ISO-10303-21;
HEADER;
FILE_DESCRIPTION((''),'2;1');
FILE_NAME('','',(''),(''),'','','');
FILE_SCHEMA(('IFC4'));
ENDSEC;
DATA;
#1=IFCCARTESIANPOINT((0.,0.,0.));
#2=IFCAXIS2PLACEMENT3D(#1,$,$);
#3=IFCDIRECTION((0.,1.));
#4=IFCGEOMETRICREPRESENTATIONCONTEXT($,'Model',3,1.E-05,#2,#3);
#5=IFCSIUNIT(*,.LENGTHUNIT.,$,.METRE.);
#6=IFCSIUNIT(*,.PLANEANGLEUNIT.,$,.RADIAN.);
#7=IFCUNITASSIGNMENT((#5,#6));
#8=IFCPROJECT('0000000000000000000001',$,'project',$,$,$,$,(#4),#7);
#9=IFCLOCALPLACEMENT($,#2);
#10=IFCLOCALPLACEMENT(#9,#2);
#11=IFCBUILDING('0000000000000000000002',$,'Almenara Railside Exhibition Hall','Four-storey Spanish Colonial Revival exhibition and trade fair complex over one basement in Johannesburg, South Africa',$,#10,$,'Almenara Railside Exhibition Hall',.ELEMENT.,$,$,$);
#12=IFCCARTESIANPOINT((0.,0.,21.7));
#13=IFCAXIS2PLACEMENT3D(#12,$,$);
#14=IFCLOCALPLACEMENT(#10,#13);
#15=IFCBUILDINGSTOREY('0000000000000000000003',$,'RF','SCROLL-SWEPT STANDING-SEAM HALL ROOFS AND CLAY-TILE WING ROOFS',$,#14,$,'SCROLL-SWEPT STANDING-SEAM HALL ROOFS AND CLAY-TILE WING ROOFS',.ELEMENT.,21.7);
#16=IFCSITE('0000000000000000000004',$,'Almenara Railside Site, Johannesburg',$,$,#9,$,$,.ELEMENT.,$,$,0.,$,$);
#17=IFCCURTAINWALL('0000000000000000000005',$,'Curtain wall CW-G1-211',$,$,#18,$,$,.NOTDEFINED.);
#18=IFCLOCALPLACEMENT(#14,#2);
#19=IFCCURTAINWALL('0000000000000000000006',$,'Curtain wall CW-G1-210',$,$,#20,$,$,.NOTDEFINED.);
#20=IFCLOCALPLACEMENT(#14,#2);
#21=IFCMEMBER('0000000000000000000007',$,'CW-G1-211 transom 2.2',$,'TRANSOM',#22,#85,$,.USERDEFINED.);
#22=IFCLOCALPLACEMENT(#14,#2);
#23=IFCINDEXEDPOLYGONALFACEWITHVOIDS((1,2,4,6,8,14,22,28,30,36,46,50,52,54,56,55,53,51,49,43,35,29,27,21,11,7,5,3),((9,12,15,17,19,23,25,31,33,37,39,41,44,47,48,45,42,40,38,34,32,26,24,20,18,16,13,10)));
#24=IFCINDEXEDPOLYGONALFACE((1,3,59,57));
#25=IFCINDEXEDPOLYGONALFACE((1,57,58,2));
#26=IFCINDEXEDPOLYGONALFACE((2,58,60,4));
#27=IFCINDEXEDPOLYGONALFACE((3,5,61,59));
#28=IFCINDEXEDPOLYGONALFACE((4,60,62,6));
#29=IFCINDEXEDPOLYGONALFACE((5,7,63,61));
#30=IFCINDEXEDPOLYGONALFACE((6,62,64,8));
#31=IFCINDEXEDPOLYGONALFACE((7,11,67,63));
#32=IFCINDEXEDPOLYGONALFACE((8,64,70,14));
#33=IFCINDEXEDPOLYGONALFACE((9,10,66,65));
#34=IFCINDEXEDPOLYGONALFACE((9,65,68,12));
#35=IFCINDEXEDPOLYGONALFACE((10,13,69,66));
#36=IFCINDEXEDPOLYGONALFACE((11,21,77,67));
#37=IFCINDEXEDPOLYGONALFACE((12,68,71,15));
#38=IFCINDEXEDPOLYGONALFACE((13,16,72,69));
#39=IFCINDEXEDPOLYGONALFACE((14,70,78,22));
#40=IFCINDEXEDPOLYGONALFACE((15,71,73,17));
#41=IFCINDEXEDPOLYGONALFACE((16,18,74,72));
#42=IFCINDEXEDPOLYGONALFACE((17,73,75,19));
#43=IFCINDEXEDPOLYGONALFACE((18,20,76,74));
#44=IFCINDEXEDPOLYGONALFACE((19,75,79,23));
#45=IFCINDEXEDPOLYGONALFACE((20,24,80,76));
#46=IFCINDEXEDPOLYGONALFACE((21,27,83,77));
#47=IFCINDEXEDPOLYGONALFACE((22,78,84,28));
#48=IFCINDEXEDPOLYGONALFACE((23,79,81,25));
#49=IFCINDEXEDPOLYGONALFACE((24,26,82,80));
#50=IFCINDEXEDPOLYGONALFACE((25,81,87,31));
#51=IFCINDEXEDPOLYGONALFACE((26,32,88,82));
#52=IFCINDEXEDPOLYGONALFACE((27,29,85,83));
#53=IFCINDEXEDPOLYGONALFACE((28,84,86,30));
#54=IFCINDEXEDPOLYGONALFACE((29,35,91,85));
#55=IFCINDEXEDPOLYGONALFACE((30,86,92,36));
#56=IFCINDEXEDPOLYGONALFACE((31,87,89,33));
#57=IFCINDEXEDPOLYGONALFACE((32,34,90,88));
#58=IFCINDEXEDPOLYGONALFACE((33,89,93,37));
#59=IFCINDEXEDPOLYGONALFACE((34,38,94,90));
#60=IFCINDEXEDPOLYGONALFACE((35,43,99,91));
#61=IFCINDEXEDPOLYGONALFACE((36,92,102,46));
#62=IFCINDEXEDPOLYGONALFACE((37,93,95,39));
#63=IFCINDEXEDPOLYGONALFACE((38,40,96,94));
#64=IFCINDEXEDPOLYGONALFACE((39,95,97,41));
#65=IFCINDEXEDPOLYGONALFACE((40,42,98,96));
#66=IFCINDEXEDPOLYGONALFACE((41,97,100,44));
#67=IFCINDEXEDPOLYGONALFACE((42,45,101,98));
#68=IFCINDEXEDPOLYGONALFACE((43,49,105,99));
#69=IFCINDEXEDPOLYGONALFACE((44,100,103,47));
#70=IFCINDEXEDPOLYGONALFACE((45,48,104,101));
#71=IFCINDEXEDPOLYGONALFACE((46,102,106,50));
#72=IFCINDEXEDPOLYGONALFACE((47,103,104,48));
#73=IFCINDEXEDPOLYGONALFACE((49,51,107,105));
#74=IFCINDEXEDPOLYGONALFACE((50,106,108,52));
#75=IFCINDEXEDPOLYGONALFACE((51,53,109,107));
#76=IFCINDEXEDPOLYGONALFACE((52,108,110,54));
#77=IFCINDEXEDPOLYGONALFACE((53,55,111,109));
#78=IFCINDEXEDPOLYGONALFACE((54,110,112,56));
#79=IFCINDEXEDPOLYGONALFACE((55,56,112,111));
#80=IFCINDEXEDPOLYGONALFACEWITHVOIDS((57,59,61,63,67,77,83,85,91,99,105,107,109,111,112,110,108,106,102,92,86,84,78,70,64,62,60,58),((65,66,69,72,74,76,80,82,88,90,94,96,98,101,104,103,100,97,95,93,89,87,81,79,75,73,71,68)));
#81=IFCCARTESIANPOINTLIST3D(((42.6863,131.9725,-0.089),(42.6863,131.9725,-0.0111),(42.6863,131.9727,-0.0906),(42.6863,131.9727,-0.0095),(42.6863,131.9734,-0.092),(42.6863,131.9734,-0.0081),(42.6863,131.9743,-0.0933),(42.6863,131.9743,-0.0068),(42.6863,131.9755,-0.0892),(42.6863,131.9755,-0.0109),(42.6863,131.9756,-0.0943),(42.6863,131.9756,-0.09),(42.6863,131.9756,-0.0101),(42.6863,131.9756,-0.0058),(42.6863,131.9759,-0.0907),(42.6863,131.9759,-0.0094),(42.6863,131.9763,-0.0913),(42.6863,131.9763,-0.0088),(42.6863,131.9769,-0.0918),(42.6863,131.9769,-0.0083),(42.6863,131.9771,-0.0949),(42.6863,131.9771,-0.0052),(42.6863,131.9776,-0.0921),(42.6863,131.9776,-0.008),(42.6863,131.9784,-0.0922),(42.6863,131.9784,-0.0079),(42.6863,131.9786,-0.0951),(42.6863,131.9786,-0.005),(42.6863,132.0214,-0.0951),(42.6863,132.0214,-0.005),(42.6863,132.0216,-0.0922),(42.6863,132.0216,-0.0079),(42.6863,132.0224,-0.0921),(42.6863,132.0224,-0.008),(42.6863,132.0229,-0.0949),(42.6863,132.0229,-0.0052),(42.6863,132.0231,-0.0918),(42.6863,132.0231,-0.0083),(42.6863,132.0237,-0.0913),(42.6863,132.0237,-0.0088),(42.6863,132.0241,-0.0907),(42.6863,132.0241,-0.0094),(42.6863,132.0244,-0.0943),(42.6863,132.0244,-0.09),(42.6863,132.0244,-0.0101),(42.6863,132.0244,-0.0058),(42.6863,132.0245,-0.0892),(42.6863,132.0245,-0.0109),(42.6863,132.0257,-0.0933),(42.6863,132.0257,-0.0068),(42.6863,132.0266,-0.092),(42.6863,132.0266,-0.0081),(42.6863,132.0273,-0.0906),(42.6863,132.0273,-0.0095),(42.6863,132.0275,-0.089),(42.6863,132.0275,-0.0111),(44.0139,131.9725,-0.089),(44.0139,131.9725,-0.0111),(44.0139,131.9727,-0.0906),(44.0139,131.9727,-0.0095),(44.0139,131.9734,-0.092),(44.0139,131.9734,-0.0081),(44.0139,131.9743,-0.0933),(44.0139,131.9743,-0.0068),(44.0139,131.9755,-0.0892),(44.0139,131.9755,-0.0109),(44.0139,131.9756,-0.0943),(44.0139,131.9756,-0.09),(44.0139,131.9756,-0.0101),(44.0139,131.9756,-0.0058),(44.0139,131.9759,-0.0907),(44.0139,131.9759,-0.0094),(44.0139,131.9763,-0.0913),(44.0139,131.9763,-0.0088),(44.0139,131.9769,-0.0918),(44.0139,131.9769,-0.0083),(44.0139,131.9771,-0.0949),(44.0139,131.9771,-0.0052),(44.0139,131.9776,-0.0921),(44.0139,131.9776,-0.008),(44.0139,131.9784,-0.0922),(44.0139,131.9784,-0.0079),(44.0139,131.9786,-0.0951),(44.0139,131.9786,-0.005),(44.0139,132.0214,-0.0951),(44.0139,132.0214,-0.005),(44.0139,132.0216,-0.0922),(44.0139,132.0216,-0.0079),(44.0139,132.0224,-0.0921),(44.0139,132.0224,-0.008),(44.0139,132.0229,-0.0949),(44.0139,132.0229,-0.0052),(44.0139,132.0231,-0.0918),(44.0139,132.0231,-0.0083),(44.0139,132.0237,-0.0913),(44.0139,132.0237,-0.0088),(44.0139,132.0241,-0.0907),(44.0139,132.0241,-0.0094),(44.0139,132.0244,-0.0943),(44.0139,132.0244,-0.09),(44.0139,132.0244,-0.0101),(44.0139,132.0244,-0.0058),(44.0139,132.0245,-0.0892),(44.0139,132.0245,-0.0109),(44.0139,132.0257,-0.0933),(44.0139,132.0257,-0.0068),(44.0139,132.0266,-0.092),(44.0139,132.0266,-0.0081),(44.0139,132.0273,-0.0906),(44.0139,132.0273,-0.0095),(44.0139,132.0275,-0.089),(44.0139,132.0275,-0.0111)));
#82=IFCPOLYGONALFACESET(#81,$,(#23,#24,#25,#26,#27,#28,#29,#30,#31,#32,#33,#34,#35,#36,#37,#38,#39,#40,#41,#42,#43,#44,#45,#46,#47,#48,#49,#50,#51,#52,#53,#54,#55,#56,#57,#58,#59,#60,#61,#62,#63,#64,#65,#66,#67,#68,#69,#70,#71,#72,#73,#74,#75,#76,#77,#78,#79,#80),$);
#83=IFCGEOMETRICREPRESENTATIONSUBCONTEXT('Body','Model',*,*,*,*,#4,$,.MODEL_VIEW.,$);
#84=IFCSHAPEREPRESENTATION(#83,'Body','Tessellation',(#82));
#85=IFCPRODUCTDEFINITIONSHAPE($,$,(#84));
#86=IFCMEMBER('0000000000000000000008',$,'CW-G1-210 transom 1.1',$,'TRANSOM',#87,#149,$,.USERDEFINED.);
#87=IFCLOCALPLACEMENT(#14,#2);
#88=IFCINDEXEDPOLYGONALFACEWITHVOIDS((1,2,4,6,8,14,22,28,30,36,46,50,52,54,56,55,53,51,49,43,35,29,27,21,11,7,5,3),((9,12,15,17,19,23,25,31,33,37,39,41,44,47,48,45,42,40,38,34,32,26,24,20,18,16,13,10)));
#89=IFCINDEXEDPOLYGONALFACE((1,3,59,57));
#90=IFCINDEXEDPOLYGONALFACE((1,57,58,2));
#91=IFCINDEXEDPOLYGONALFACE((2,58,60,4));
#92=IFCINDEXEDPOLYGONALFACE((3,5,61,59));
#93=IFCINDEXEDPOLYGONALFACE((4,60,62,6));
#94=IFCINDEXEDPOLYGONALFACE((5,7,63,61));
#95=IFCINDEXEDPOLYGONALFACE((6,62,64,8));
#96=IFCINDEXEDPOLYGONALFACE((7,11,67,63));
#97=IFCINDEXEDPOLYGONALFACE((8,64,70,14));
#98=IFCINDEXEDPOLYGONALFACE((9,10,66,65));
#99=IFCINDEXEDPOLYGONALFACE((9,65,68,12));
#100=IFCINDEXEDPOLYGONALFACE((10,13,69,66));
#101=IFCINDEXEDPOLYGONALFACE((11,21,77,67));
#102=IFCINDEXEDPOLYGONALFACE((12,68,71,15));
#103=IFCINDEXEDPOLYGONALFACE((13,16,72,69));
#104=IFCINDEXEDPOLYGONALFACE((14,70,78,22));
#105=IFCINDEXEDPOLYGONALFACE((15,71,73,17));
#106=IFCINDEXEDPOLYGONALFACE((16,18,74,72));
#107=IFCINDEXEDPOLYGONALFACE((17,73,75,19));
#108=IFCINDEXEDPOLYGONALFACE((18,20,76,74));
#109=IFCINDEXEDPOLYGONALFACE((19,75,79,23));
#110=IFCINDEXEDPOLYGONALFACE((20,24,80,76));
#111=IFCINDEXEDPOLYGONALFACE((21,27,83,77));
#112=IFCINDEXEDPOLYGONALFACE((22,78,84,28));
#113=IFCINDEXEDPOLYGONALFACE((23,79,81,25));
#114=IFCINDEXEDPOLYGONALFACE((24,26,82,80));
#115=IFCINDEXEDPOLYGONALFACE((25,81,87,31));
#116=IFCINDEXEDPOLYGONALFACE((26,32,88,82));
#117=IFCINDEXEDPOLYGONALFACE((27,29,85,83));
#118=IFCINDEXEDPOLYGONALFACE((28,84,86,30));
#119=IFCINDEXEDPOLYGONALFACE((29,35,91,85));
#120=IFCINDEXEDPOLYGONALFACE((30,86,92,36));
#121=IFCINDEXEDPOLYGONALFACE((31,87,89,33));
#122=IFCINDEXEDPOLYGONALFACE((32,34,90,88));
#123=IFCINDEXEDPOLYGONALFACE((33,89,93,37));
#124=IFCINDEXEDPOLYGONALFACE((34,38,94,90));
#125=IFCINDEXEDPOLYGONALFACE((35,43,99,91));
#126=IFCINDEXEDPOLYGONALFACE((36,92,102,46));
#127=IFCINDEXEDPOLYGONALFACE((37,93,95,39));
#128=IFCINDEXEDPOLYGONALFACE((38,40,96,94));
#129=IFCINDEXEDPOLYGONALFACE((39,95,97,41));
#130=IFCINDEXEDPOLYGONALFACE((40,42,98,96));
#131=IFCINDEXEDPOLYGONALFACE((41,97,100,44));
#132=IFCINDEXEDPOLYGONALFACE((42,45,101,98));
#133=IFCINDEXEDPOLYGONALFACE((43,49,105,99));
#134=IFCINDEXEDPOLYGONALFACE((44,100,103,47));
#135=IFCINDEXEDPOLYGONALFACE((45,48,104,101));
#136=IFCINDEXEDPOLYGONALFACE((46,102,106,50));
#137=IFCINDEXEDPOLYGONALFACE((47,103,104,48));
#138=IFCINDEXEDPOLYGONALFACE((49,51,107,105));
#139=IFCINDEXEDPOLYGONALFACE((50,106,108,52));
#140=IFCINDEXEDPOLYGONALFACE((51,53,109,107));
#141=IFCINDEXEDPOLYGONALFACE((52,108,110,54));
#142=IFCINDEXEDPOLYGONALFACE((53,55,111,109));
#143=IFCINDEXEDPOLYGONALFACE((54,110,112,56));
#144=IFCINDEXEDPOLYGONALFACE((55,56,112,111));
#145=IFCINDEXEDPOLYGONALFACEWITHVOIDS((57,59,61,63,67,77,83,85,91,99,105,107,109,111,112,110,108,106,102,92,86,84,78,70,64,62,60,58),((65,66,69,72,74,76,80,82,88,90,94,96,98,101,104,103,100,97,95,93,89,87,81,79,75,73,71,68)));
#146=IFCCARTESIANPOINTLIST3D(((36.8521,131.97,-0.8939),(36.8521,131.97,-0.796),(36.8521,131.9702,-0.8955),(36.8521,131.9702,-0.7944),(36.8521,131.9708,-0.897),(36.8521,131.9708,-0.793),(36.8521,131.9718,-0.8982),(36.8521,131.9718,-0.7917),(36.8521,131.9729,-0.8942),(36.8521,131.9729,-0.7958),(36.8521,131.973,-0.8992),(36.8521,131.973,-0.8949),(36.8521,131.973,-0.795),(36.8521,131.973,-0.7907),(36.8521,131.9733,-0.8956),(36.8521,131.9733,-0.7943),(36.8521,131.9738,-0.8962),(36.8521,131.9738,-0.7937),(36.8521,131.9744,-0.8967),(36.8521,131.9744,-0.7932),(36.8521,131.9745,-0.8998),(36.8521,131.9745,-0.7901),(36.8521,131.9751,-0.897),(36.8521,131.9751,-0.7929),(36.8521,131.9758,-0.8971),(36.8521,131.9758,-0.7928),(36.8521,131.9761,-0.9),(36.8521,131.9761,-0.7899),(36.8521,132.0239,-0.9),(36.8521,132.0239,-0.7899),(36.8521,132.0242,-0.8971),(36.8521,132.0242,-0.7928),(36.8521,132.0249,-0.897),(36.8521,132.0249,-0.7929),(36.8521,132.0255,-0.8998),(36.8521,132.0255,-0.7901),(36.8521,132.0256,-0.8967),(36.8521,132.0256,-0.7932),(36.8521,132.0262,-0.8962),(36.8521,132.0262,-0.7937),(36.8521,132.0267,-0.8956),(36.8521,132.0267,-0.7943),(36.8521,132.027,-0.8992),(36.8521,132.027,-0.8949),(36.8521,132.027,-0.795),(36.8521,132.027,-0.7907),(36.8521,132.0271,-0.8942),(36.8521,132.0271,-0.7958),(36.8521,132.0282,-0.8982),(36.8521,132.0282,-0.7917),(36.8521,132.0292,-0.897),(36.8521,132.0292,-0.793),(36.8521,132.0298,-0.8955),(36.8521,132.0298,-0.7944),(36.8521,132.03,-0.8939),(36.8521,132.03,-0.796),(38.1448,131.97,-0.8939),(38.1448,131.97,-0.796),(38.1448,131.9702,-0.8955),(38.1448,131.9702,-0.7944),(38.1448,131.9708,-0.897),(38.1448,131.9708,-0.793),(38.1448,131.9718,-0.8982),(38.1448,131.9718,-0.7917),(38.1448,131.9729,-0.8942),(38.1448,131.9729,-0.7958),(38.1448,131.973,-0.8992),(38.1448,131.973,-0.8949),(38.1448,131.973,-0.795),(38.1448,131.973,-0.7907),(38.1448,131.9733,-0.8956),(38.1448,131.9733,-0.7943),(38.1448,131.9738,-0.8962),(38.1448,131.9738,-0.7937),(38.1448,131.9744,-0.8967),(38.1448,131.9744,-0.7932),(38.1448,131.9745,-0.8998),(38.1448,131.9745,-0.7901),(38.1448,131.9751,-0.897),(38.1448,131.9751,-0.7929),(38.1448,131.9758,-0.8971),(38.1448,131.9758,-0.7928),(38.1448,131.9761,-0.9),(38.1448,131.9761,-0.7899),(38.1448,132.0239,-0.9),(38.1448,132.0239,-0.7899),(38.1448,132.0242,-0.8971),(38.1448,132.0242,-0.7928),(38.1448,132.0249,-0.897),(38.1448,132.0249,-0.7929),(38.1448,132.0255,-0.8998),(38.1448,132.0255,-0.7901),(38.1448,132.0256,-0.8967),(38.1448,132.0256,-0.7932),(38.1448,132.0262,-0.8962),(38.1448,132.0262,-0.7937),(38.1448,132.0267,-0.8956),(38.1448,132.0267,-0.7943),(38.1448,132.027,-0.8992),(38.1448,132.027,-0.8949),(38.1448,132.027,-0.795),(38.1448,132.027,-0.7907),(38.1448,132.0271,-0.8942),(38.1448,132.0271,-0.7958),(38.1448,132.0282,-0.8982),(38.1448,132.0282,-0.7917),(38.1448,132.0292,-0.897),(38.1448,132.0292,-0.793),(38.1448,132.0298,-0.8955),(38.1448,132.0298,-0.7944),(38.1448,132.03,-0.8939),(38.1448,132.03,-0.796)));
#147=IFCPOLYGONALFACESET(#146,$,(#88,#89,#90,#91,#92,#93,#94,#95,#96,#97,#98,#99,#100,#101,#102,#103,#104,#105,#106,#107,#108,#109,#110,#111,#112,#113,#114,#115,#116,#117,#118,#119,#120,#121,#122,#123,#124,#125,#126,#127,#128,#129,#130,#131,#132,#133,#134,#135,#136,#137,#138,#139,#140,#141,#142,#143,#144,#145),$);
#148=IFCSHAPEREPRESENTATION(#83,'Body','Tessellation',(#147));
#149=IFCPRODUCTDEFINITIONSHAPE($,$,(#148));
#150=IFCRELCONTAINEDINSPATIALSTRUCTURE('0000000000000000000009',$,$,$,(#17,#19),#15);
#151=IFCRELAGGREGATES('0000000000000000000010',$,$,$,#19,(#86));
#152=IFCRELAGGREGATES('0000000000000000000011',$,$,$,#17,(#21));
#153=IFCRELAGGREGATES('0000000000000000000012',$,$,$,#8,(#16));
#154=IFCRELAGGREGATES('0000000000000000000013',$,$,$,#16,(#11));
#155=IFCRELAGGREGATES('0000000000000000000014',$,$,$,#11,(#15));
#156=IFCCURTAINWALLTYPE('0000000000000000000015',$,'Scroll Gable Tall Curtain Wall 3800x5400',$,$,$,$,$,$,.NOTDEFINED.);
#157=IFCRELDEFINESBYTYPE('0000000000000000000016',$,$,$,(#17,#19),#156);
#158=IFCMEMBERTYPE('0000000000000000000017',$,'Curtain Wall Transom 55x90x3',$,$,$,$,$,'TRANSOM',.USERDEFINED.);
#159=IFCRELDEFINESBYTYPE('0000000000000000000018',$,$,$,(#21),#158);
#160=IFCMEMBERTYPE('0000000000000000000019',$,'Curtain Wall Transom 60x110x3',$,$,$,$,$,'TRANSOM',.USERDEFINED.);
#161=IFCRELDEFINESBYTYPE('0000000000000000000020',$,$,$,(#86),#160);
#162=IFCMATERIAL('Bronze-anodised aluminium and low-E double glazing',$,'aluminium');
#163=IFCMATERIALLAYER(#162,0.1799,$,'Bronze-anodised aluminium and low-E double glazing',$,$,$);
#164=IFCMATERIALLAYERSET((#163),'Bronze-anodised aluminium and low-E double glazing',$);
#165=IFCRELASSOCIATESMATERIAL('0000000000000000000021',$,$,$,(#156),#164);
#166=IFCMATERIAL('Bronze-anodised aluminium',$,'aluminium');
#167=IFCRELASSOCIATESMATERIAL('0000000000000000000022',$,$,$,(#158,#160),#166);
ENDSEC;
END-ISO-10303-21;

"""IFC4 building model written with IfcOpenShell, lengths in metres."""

from ifc_helpers import new_model, si_unit, direction, frame, origin, origin_2d, place, context, subcontext, project, spatial, hollow_rectangle, extrude, material, layer, layer_set, material_profile, profile_set, type_object, element, aggregate, save


model = new_model("IFC4")

# Units and contexts
model_context = context("Model", 3, precision=1e-05, world=origin(), true_north=direction((0.0, 1.0)))
body_context = subcontext(model_context, "Body", "Model", "MODEL_VIEW")
ifc_project = project(units=[si_unit("LENGTHUNIT", "METRE"), si_unit("PLANEANGLEUNIT", "RADIAN")], contexts=[model_context])

# Site, building, storey
site_placement = place(None, origin())
site = spatial("IfcSite", under=ifc_project, at=site_placement, Name="Almenara Railside Site, Johannesburg", CompositionType="ELEMENT", RefElevation=0.0)
building_placement = place(site_placement, origin())
building = spatial("IfcBuilding", under=site, at=building_placement, Name="Almenara Railside Exhibition Hall", Description="Four-storey Spanish Colonial Revival exhibition and trade fair complex over one basement in Johannesburg, South Africa", LongName="Almenara Railside Exhibition Hall", CompositionType="ELEMENT")
storey_placement = place(building_placement, frame((0.0, 0.0, 21.7)))
storey = spatial("IfcBuildingStorey", under=building, at=storey_placement, Name="RF", Description="SCROLL-SWEPT STANDING-SEAM HALL ROOFS AND CLAY-TILE WING ROOFS", LongName="SCROLL-SWEPT STANDING-SEAM HALL ROOFS AND CLAY-TILE WING ROOFS", CompositionType="ELEMENT", Elevation=21.7)

# Curtain walls
ifc_material_1 = material(Name="Bronze-anodised aluminium and low-E double glazing", Category="aluminium")
ifc_layer_1 = layer(ifc_material_1, 0.1799, Name="Bronze-anodised aluminium and low-E double glazing")
ifc_layer_set_1 = layer_set([ifc_layer_1], Name="Bronze-anodised aluminium and low-E double glazing")
curtain_wall_type = type_object("IfcCurtainWallType", Name="Scroll Gable Tall Curtain Wall 3800x5400", PredefinedType="NOTDEFINED", material=ifc_layer_set_1)
curtain_wall_1_placement = place(storey_placement, origin())
curtain_wall_1 = element("IfcCurtainWall", 1, at=curtain_wall_1_placement, inside=storey, type_object=curtain_wall_type, Name="Curtain wall CW-G1-211", PredefinedType="NOTDEFINED")
ifc_material_2 = material(Name="Bronze-anodised aluminium", Category="aluminium")
curtain_wall_2_placement = place(storey_placement, origin())
curtain_wall_2 = element("IfcCurtainWall", 2, at=curtain_wall_2_placement, inside=storey, type_object=curtain_wall_type, Name="Curtain wall CW-G1-210", PredefinedType="NOTDEFINED")

# Members
ifc_material_profile_1 = material_profile(ifc_material_2, hollow_rectangle(XDim=0.0549, YDim=0.0901, WallThickness=0.0029, InnerFilletRadius=0.0029, OuterFilletRadius=0.0061, at=origin_2d()), Name="ALU-TRN 55x90x3")
ifc_profile_set_1 = profile_set([ifc_material_profile_1], Name="Bronze-anodised aluminium")
member_type_1 = type_object("IfcMemberType", Name="Curtain Wall Transom 55x90x3", ElementType="TRANSOM", PredefinedType="USERDEFINED", material=ifc_profile_set_1)
member_1_placement = place(storey_placement, frame((42.6863, 132.0, -0.05), z_axis=(1.0, 0.0, 0.0), x_axis=(0.0, 1.0, 0.0)))
member_1 = element("IfcMember", 3, at=member_1_placement, type_object=member_type_1, Name="CW-G1-211 transom 2.2", ObjectType="TRANSOM", PredefinedType="USERDEFINED", context=body_context, shape_type="SweptSolid", body=[
    extrude(hollow_rectangle(XDim=0.0549, YDim=0.0901, WallThickness=0.0029, InnerFilletRadius=0.0029, OuterFilletRadius=0.0061, at=origin_2d()), origin(), (0.0, 0.0, 1.0), 1.3276),
])
ifc_material_profile_2 = material_profile(ifc_material_2, hollow_rectangle(XDim=0.0601, YDim=0.1101, WallThickness=0.0029, InnerFilletRadius=0.0029, OuterFilletRadius=0.0061, at=origin_2d()), Name="ALU-TRN 60x110x3")
ifc_profile_set_2 = profile_set([ifc_material_profile_2], Name="Bronze-anodised aluminium")
member_type_2 = type_object("IfcMemberType", Name="Curtain Wall Transom 60x110x3", ElementType="TRANSOM", PredefinedType="USERDEFINED", material=ifc_profile_set_2)
member_2_placement = place(storey_placement, frame((36.8521, 132.0, -0.845), z_axis=(1.0, 0.0, 0.0), x_axis=(0.0, 1.0, 0.0)))
member_2 = element("IfcMember", 4, at=member_2_placement, type_object=member_type_2, Name="CW-G1-210 transom 1.1", ObjectType="TRANSOM", PredefinedType="USERDEFINED", context=body_context, shape_type="SweptSolid", body=[
    extrude(hollow_rectangle(XDim=0.0601, YDim=0.1101, WallThickness=0.0029, InnerFilletRadius=0.0029, OuterFilletRadius=0.0061, at=origin_2d()), origin(), (0.0, 0.0, 1.0), 1.2927),
])

aggregate(curtain_wall_2, [member_2])
aggregate(curtain_wall_1, [member_1])

save(model, "model.ifc")
